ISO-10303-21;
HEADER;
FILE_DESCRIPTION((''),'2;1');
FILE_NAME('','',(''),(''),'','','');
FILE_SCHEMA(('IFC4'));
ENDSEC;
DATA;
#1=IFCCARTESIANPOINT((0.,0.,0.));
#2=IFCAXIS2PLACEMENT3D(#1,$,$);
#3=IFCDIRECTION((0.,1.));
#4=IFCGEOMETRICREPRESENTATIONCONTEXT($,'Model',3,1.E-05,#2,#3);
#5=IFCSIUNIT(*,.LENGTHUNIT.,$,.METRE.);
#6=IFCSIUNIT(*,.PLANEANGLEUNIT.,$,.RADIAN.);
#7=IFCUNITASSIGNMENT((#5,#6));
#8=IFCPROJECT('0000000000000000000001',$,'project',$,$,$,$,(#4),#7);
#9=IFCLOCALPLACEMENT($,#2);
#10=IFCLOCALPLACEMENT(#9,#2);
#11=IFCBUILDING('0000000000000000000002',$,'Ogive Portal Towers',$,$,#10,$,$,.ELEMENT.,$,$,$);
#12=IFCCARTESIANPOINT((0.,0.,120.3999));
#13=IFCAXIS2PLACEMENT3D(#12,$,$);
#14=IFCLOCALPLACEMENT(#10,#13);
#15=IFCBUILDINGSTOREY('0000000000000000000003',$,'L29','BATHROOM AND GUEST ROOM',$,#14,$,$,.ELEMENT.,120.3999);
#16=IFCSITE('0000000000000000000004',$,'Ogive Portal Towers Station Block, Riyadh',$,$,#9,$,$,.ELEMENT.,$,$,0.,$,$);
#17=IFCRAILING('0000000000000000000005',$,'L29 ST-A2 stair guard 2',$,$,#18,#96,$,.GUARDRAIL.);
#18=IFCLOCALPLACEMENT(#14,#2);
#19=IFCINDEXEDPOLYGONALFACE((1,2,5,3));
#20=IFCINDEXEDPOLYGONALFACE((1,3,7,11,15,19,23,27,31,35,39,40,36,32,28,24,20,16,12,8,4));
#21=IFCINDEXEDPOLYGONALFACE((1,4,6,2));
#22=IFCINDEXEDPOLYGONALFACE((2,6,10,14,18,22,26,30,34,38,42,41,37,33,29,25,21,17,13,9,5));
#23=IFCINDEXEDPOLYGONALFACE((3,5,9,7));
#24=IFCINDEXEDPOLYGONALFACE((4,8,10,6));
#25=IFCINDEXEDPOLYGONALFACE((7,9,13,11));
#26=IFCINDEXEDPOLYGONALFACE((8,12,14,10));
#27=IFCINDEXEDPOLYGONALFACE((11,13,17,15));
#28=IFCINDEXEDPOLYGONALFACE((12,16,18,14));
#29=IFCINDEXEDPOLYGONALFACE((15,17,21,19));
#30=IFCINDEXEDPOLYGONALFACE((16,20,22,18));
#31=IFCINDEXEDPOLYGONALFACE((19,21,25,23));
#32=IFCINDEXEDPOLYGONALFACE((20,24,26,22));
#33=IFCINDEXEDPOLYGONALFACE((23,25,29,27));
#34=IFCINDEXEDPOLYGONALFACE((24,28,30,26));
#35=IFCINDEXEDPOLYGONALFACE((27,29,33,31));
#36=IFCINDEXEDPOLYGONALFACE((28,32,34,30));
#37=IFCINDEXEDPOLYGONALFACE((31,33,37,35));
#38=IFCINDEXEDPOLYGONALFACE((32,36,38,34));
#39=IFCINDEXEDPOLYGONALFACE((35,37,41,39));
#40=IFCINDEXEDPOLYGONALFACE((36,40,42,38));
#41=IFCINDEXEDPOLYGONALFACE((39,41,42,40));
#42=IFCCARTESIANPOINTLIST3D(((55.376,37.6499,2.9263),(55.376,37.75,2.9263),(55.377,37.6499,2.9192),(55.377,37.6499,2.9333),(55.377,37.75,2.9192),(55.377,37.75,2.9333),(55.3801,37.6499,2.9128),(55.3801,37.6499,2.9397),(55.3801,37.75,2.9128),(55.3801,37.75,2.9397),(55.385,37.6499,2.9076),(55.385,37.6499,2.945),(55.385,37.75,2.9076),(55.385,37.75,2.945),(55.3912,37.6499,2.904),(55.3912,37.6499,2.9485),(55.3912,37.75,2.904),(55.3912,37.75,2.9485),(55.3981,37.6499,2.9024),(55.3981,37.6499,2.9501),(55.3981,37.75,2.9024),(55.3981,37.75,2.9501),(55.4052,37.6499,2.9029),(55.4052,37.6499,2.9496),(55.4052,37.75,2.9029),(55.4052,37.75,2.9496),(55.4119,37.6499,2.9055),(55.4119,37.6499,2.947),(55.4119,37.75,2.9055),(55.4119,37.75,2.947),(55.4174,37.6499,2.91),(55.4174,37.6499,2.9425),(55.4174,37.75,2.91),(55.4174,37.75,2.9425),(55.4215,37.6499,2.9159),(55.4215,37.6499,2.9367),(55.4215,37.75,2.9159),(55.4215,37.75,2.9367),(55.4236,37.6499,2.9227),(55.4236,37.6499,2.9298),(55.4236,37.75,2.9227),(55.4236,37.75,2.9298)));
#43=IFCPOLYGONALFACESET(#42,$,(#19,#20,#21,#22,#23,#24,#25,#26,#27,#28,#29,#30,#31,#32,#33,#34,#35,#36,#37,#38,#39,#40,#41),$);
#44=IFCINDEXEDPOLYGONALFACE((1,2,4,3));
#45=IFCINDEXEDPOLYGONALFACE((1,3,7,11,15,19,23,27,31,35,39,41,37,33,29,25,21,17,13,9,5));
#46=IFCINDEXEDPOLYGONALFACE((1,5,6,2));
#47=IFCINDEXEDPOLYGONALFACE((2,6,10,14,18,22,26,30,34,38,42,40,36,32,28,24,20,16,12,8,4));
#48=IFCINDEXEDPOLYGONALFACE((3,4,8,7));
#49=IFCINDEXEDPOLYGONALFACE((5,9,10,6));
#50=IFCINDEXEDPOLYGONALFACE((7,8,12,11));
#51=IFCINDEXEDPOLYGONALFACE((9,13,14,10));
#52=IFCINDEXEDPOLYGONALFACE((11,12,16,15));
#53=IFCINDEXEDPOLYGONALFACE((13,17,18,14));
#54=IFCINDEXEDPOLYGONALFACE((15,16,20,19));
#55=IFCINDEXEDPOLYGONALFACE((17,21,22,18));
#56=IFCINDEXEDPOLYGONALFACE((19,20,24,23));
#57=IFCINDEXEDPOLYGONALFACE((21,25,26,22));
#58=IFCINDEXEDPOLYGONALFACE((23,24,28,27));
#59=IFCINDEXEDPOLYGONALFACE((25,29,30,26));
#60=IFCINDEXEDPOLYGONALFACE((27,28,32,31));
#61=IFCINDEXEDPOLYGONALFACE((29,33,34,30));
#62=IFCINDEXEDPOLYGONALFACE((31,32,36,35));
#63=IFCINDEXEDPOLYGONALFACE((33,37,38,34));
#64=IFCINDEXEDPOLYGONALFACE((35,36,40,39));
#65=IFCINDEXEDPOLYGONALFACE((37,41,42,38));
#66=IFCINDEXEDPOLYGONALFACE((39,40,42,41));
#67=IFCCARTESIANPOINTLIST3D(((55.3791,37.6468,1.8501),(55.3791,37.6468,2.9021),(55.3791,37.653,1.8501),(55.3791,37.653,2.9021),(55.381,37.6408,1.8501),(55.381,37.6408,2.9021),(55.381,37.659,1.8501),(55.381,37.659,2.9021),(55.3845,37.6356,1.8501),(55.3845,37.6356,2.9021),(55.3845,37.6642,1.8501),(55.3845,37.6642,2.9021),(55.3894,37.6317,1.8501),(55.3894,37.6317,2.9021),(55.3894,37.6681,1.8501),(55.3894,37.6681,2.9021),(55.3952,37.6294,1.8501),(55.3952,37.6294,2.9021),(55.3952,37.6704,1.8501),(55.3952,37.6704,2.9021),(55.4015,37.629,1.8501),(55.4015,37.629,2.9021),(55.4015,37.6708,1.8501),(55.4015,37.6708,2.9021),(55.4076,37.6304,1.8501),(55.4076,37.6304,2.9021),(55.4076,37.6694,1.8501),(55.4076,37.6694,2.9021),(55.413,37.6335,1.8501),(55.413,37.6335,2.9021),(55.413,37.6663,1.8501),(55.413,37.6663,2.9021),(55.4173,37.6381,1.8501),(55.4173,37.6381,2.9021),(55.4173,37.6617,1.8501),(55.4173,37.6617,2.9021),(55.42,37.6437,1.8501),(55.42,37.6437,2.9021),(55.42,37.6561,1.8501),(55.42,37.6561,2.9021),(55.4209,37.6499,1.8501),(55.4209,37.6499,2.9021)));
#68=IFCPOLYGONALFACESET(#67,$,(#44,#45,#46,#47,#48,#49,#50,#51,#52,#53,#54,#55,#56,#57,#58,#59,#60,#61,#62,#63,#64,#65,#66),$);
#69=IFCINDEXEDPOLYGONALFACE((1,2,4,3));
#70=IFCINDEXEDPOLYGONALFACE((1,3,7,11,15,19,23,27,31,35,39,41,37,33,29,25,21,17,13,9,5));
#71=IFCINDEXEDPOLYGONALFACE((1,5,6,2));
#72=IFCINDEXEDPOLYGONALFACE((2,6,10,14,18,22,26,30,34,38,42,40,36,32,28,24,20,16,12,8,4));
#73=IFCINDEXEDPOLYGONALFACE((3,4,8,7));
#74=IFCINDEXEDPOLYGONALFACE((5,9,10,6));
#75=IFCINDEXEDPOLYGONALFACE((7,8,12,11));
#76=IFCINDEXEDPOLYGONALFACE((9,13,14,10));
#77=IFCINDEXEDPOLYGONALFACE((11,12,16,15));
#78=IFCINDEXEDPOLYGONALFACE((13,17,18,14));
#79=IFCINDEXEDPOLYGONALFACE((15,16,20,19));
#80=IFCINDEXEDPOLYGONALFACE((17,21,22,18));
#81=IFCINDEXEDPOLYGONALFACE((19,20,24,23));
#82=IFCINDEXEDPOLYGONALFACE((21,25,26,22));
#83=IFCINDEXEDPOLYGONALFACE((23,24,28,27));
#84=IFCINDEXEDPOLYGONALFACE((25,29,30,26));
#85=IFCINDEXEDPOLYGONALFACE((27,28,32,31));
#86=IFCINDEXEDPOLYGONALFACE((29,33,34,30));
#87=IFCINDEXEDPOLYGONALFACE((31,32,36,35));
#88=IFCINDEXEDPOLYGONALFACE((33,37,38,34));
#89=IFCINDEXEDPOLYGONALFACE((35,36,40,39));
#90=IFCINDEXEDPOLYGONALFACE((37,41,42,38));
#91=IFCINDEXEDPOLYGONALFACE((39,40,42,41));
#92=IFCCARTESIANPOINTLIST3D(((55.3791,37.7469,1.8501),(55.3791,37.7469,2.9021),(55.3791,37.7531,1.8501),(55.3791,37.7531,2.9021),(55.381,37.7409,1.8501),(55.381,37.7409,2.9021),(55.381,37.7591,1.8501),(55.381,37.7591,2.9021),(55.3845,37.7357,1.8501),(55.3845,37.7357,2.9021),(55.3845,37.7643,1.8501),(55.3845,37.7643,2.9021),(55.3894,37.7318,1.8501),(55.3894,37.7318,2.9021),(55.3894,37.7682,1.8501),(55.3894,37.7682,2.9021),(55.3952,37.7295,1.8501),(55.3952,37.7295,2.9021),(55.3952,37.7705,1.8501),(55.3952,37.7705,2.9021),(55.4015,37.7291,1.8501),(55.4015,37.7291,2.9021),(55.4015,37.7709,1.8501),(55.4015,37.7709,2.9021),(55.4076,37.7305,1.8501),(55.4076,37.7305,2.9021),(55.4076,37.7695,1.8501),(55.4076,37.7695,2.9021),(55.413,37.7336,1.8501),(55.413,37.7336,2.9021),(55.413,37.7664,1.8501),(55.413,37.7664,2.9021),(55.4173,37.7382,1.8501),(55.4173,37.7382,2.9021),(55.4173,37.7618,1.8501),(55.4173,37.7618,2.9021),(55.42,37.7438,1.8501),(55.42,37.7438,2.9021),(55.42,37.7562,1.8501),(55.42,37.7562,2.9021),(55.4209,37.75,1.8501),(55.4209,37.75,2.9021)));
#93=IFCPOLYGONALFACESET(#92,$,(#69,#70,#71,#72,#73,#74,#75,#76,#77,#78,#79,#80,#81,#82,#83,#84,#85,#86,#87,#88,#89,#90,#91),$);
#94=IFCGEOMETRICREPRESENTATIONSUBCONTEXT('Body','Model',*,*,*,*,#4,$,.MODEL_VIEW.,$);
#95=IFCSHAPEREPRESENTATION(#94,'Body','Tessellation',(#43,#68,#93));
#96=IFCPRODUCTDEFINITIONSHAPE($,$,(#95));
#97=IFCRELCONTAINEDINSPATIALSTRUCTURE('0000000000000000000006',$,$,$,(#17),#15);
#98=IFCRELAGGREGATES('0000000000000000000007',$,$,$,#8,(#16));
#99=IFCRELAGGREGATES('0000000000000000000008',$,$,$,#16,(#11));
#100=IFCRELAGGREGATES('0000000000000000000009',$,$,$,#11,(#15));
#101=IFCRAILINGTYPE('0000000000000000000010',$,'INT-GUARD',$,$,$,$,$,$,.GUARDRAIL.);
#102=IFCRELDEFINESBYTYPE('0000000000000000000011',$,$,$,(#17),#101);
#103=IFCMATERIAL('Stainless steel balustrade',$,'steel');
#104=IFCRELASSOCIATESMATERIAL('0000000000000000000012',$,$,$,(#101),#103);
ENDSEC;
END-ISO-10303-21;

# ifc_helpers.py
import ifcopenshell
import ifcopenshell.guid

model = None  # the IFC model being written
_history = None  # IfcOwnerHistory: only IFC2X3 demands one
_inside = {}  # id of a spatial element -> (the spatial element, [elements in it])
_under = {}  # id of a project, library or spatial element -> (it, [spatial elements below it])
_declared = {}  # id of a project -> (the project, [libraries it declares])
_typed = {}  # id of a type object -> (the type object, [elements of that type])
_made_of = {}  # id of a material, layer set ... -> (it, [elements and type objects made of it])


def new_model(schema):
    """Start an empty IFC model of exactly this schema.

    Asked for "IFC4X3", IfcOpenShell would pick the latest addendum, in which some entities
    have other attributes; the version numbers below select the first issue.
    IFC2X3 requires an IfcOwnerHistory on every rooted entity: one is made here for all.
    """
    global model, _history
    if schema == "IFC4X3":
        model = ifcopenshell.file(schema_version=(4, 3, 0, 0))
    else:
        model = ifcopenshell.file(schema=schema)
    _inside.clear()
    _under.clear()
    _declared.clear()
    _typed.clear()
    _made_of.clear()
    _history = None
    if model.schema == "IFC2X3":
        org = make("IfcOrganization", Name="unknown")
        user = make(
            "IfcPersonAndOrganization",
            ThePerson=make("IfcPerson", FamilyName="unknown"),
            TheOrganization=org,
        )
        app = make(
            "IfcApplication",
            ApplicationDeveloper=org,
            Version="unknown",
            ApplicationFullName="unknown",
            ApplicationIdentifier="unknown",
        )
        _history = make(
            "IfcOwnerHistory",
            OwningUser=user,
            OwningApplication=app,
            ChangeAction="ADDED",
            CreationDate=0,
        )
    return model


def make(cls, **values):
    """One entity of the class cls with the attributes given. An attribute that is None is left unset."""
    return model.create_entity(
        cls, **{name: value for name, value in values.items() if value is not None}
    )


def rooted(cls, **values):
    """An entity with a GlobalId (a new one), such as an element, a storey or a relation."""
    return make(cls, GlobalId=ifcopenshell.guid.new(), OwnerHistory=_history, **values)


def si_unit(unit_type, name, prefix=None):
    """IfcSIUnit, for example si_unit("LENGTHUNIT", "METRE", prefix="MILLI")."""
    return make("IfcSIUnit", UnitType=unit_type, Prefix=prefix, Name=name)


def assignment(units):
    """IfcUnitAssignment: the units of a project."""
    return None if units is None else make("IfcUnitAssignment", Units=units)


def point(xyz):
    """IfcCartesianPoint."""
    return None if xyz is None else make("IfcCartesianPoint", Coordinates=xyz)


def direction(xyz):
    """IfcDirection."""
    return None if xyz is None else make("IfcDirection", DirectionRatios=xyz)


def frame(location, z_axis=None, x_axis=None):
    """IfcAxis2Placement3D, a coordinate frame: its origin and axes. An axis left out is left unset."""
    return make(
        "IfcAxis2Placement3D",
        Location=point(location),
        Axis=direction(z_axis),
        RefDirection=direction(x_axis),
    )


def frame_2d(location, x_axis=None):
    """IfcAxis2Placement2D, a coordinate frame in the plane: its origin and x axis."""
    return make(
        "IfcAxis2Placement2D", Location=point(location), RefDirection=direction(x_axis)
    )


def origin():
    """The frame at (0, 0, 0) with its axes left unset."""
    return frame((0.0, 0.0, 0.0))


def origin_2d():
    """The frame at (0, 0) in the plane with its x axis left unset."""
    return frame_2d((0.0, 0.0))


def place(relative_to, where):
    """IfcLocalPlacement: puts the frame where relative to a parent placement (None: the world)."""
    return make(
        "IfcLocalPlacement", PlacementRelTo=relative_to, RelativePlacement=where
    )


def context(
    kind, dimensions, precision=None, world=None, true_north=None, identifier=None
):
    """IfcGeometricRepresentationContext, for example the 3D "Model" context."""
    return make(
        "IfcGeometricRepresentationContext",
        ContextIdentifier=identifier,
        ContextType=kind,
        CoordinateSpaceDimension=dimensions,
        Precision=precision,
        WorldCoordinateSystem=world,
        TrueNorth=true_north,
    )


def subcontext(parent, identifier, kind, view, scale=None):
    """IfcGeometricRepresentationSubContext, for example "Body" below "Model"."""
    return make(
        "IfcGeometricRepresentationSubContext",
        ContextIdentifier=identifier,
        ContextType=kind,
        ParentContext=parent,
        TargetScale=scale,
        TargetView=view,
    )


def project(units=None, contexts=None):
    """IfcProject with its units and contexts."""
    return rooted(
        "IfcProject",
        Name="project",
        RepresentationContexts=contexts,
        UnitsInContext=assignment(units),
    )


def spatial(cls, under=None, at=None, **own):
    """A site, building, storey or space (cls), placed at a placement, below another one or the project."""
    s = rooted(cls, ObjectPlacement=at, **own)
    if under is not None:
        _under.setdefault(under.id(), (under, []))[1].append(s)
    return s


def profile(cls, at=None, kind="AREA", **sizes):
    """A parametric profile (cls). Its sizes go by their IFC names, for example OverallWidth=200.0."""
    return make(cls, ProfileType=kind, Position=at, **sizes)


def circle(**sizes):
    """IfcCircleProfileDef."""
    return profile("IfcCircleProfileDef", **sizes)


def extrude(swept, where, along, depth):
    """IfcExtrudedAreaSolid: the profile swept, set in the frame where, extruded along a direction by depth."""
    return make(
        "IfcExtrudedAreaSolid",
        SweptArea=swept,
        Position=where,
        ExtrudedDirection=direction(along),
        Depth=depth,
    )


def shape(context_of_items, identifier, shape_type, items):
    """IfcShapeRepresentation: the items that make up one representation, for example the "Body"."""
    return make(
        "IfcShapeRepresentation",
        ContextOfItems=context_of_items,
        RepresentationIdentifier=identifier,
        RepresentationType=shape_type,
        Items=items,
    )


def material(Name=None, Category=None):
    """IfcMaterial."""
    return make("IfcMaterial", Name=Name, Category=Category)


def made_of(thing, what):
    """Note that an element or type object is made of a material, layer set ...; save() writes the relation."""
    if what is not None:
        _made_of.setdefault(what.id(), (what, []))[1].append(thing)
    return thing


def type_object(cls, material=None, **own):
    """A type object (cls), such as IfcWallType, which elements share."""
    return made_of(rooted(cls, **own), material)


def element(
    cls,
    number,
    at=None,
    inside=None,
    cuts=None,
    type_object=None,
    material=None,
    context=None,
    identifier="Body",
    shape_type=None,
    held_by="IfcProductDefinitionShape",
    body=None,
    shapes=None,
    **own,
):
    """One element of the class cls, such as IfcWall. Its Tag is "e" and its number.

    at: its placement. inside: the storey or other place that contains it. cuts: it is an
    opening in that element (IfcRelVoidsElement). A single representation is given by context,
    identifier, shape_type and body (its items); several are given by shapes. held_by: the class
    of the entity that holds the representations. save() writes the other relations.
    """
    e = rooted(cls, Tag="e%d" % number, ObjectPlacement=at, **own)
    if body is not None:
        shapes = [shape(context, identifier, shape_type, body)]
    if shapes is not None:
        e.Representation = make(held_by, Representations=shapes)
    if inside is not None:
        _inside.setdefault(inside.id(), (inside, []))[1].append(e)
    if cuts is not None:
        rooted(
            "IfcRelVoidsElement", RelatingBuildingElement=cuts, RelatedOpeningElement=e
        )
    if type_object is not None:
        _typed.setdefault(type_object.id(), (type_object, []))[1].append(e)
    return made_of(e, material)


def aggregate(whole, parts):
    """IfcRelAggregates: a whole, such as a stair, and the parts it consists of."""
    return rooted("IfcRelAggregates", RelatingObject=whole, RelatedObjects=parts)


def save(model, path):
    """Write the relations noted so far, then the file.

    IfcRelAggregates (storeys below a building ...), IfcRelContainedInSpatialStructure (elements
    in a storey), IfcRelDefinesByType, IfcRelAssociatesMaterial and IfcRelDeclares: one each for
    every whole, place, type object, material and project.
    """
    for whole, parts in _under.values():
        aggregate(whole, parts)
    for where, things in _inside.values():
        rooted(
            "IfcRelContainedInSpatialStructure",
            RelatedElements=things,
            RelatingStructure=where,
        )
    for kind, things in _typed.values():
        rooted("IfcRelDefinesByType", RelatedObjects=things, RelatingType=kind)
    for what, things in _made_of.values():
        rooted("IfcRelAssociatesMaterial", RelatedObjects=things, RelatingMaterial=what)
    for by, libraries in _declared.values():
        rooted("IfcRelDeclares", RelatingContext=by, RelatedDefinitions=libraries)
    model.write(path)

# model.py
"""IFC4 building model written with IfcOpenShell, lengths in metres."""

from ifc_helpers import new_model, si_unit, direction, frame, origin, origin_2d, place, context, subcontext, project, spatial, circle, extrude, material, type_object, element, save


model = new_model("IFC4")

# Units and contexts
model_context = context("Model", 3, precision=1e-05, world=origin(), true_north=direction((0.0, 1.0)))
body_context = subcontext(model_context, "Body", "Model", "MODEL_VIEW")
ifc_project = project(units=[si_unit("LENGTHUNIT", "METRE"), si_unit("PLANEANGLEUNIT", "RADIAN")], contexts=[model_context])

# Site, building, storey
site_placement = place(None, origin())
site = spatial("IfcSite", under=ifc_project, at=site_placement, Name="Ogive Portal Towers Station Block, Riyadh", CompositionType="ELEMENT", RefElevation=0.0)
building_placement = place(site_placement, origin())
building = spatial("IfcBuilding", under=site, at=building_placement, Name="Ogive Portal Towers", CompositionType="ELEMENT")
storey_placement = place(building_placement, frame((0.0, 0.0, 120.3999)))
storey = spatial("IfcBuildingStorey", under=building, at=storey_placement, Name="L29", Description="BATHROOM AND GUEST ROOM", CompositionType="ELEMENT", Elevation=120.3999)

# Railing
ifc_material_1 = material(Name="Stainless steel balustrade", Category="steel")
railing_type_1 = type_object("IfcRailingType", Name="INT-GUARD", PredefinedType="GUARDRAIL", material=ifc_material_1)
railing_1_placement = place(storey_placement, frame((55.3999, 37.6499, 1.8501)))
element("IfcRailing", 1, at=railing_1_placement, inside=storey, type_object=railing_type_1, Name="L29 ST-A2 stair guard 2", PredefinedType="GUARDRAIL", context=body_context, shape_type="SweptSolid", body=[
    extrude(circle(Radius=0.0239, at=origin_2d()), frame((0.0, 0.0, 1.0762), z_axis=(0.0, 1.0, 0.0), x_axis=(-1.0, 0.0, 0.0)), (0.0, 0.0, 1.0), 0.1001),
    extrude(circle(Radius=0.021, at=origin_2d()), origin(), (0.0, 0.0, 1.0), 1.052),
    extrude(circle(Radius=0.021, at=origin_2d()), frame((0.0, 0.1001, 0.0)), (0.0, 0.0, 1.0), 1.052),
])

save(model, "model.ifc")
